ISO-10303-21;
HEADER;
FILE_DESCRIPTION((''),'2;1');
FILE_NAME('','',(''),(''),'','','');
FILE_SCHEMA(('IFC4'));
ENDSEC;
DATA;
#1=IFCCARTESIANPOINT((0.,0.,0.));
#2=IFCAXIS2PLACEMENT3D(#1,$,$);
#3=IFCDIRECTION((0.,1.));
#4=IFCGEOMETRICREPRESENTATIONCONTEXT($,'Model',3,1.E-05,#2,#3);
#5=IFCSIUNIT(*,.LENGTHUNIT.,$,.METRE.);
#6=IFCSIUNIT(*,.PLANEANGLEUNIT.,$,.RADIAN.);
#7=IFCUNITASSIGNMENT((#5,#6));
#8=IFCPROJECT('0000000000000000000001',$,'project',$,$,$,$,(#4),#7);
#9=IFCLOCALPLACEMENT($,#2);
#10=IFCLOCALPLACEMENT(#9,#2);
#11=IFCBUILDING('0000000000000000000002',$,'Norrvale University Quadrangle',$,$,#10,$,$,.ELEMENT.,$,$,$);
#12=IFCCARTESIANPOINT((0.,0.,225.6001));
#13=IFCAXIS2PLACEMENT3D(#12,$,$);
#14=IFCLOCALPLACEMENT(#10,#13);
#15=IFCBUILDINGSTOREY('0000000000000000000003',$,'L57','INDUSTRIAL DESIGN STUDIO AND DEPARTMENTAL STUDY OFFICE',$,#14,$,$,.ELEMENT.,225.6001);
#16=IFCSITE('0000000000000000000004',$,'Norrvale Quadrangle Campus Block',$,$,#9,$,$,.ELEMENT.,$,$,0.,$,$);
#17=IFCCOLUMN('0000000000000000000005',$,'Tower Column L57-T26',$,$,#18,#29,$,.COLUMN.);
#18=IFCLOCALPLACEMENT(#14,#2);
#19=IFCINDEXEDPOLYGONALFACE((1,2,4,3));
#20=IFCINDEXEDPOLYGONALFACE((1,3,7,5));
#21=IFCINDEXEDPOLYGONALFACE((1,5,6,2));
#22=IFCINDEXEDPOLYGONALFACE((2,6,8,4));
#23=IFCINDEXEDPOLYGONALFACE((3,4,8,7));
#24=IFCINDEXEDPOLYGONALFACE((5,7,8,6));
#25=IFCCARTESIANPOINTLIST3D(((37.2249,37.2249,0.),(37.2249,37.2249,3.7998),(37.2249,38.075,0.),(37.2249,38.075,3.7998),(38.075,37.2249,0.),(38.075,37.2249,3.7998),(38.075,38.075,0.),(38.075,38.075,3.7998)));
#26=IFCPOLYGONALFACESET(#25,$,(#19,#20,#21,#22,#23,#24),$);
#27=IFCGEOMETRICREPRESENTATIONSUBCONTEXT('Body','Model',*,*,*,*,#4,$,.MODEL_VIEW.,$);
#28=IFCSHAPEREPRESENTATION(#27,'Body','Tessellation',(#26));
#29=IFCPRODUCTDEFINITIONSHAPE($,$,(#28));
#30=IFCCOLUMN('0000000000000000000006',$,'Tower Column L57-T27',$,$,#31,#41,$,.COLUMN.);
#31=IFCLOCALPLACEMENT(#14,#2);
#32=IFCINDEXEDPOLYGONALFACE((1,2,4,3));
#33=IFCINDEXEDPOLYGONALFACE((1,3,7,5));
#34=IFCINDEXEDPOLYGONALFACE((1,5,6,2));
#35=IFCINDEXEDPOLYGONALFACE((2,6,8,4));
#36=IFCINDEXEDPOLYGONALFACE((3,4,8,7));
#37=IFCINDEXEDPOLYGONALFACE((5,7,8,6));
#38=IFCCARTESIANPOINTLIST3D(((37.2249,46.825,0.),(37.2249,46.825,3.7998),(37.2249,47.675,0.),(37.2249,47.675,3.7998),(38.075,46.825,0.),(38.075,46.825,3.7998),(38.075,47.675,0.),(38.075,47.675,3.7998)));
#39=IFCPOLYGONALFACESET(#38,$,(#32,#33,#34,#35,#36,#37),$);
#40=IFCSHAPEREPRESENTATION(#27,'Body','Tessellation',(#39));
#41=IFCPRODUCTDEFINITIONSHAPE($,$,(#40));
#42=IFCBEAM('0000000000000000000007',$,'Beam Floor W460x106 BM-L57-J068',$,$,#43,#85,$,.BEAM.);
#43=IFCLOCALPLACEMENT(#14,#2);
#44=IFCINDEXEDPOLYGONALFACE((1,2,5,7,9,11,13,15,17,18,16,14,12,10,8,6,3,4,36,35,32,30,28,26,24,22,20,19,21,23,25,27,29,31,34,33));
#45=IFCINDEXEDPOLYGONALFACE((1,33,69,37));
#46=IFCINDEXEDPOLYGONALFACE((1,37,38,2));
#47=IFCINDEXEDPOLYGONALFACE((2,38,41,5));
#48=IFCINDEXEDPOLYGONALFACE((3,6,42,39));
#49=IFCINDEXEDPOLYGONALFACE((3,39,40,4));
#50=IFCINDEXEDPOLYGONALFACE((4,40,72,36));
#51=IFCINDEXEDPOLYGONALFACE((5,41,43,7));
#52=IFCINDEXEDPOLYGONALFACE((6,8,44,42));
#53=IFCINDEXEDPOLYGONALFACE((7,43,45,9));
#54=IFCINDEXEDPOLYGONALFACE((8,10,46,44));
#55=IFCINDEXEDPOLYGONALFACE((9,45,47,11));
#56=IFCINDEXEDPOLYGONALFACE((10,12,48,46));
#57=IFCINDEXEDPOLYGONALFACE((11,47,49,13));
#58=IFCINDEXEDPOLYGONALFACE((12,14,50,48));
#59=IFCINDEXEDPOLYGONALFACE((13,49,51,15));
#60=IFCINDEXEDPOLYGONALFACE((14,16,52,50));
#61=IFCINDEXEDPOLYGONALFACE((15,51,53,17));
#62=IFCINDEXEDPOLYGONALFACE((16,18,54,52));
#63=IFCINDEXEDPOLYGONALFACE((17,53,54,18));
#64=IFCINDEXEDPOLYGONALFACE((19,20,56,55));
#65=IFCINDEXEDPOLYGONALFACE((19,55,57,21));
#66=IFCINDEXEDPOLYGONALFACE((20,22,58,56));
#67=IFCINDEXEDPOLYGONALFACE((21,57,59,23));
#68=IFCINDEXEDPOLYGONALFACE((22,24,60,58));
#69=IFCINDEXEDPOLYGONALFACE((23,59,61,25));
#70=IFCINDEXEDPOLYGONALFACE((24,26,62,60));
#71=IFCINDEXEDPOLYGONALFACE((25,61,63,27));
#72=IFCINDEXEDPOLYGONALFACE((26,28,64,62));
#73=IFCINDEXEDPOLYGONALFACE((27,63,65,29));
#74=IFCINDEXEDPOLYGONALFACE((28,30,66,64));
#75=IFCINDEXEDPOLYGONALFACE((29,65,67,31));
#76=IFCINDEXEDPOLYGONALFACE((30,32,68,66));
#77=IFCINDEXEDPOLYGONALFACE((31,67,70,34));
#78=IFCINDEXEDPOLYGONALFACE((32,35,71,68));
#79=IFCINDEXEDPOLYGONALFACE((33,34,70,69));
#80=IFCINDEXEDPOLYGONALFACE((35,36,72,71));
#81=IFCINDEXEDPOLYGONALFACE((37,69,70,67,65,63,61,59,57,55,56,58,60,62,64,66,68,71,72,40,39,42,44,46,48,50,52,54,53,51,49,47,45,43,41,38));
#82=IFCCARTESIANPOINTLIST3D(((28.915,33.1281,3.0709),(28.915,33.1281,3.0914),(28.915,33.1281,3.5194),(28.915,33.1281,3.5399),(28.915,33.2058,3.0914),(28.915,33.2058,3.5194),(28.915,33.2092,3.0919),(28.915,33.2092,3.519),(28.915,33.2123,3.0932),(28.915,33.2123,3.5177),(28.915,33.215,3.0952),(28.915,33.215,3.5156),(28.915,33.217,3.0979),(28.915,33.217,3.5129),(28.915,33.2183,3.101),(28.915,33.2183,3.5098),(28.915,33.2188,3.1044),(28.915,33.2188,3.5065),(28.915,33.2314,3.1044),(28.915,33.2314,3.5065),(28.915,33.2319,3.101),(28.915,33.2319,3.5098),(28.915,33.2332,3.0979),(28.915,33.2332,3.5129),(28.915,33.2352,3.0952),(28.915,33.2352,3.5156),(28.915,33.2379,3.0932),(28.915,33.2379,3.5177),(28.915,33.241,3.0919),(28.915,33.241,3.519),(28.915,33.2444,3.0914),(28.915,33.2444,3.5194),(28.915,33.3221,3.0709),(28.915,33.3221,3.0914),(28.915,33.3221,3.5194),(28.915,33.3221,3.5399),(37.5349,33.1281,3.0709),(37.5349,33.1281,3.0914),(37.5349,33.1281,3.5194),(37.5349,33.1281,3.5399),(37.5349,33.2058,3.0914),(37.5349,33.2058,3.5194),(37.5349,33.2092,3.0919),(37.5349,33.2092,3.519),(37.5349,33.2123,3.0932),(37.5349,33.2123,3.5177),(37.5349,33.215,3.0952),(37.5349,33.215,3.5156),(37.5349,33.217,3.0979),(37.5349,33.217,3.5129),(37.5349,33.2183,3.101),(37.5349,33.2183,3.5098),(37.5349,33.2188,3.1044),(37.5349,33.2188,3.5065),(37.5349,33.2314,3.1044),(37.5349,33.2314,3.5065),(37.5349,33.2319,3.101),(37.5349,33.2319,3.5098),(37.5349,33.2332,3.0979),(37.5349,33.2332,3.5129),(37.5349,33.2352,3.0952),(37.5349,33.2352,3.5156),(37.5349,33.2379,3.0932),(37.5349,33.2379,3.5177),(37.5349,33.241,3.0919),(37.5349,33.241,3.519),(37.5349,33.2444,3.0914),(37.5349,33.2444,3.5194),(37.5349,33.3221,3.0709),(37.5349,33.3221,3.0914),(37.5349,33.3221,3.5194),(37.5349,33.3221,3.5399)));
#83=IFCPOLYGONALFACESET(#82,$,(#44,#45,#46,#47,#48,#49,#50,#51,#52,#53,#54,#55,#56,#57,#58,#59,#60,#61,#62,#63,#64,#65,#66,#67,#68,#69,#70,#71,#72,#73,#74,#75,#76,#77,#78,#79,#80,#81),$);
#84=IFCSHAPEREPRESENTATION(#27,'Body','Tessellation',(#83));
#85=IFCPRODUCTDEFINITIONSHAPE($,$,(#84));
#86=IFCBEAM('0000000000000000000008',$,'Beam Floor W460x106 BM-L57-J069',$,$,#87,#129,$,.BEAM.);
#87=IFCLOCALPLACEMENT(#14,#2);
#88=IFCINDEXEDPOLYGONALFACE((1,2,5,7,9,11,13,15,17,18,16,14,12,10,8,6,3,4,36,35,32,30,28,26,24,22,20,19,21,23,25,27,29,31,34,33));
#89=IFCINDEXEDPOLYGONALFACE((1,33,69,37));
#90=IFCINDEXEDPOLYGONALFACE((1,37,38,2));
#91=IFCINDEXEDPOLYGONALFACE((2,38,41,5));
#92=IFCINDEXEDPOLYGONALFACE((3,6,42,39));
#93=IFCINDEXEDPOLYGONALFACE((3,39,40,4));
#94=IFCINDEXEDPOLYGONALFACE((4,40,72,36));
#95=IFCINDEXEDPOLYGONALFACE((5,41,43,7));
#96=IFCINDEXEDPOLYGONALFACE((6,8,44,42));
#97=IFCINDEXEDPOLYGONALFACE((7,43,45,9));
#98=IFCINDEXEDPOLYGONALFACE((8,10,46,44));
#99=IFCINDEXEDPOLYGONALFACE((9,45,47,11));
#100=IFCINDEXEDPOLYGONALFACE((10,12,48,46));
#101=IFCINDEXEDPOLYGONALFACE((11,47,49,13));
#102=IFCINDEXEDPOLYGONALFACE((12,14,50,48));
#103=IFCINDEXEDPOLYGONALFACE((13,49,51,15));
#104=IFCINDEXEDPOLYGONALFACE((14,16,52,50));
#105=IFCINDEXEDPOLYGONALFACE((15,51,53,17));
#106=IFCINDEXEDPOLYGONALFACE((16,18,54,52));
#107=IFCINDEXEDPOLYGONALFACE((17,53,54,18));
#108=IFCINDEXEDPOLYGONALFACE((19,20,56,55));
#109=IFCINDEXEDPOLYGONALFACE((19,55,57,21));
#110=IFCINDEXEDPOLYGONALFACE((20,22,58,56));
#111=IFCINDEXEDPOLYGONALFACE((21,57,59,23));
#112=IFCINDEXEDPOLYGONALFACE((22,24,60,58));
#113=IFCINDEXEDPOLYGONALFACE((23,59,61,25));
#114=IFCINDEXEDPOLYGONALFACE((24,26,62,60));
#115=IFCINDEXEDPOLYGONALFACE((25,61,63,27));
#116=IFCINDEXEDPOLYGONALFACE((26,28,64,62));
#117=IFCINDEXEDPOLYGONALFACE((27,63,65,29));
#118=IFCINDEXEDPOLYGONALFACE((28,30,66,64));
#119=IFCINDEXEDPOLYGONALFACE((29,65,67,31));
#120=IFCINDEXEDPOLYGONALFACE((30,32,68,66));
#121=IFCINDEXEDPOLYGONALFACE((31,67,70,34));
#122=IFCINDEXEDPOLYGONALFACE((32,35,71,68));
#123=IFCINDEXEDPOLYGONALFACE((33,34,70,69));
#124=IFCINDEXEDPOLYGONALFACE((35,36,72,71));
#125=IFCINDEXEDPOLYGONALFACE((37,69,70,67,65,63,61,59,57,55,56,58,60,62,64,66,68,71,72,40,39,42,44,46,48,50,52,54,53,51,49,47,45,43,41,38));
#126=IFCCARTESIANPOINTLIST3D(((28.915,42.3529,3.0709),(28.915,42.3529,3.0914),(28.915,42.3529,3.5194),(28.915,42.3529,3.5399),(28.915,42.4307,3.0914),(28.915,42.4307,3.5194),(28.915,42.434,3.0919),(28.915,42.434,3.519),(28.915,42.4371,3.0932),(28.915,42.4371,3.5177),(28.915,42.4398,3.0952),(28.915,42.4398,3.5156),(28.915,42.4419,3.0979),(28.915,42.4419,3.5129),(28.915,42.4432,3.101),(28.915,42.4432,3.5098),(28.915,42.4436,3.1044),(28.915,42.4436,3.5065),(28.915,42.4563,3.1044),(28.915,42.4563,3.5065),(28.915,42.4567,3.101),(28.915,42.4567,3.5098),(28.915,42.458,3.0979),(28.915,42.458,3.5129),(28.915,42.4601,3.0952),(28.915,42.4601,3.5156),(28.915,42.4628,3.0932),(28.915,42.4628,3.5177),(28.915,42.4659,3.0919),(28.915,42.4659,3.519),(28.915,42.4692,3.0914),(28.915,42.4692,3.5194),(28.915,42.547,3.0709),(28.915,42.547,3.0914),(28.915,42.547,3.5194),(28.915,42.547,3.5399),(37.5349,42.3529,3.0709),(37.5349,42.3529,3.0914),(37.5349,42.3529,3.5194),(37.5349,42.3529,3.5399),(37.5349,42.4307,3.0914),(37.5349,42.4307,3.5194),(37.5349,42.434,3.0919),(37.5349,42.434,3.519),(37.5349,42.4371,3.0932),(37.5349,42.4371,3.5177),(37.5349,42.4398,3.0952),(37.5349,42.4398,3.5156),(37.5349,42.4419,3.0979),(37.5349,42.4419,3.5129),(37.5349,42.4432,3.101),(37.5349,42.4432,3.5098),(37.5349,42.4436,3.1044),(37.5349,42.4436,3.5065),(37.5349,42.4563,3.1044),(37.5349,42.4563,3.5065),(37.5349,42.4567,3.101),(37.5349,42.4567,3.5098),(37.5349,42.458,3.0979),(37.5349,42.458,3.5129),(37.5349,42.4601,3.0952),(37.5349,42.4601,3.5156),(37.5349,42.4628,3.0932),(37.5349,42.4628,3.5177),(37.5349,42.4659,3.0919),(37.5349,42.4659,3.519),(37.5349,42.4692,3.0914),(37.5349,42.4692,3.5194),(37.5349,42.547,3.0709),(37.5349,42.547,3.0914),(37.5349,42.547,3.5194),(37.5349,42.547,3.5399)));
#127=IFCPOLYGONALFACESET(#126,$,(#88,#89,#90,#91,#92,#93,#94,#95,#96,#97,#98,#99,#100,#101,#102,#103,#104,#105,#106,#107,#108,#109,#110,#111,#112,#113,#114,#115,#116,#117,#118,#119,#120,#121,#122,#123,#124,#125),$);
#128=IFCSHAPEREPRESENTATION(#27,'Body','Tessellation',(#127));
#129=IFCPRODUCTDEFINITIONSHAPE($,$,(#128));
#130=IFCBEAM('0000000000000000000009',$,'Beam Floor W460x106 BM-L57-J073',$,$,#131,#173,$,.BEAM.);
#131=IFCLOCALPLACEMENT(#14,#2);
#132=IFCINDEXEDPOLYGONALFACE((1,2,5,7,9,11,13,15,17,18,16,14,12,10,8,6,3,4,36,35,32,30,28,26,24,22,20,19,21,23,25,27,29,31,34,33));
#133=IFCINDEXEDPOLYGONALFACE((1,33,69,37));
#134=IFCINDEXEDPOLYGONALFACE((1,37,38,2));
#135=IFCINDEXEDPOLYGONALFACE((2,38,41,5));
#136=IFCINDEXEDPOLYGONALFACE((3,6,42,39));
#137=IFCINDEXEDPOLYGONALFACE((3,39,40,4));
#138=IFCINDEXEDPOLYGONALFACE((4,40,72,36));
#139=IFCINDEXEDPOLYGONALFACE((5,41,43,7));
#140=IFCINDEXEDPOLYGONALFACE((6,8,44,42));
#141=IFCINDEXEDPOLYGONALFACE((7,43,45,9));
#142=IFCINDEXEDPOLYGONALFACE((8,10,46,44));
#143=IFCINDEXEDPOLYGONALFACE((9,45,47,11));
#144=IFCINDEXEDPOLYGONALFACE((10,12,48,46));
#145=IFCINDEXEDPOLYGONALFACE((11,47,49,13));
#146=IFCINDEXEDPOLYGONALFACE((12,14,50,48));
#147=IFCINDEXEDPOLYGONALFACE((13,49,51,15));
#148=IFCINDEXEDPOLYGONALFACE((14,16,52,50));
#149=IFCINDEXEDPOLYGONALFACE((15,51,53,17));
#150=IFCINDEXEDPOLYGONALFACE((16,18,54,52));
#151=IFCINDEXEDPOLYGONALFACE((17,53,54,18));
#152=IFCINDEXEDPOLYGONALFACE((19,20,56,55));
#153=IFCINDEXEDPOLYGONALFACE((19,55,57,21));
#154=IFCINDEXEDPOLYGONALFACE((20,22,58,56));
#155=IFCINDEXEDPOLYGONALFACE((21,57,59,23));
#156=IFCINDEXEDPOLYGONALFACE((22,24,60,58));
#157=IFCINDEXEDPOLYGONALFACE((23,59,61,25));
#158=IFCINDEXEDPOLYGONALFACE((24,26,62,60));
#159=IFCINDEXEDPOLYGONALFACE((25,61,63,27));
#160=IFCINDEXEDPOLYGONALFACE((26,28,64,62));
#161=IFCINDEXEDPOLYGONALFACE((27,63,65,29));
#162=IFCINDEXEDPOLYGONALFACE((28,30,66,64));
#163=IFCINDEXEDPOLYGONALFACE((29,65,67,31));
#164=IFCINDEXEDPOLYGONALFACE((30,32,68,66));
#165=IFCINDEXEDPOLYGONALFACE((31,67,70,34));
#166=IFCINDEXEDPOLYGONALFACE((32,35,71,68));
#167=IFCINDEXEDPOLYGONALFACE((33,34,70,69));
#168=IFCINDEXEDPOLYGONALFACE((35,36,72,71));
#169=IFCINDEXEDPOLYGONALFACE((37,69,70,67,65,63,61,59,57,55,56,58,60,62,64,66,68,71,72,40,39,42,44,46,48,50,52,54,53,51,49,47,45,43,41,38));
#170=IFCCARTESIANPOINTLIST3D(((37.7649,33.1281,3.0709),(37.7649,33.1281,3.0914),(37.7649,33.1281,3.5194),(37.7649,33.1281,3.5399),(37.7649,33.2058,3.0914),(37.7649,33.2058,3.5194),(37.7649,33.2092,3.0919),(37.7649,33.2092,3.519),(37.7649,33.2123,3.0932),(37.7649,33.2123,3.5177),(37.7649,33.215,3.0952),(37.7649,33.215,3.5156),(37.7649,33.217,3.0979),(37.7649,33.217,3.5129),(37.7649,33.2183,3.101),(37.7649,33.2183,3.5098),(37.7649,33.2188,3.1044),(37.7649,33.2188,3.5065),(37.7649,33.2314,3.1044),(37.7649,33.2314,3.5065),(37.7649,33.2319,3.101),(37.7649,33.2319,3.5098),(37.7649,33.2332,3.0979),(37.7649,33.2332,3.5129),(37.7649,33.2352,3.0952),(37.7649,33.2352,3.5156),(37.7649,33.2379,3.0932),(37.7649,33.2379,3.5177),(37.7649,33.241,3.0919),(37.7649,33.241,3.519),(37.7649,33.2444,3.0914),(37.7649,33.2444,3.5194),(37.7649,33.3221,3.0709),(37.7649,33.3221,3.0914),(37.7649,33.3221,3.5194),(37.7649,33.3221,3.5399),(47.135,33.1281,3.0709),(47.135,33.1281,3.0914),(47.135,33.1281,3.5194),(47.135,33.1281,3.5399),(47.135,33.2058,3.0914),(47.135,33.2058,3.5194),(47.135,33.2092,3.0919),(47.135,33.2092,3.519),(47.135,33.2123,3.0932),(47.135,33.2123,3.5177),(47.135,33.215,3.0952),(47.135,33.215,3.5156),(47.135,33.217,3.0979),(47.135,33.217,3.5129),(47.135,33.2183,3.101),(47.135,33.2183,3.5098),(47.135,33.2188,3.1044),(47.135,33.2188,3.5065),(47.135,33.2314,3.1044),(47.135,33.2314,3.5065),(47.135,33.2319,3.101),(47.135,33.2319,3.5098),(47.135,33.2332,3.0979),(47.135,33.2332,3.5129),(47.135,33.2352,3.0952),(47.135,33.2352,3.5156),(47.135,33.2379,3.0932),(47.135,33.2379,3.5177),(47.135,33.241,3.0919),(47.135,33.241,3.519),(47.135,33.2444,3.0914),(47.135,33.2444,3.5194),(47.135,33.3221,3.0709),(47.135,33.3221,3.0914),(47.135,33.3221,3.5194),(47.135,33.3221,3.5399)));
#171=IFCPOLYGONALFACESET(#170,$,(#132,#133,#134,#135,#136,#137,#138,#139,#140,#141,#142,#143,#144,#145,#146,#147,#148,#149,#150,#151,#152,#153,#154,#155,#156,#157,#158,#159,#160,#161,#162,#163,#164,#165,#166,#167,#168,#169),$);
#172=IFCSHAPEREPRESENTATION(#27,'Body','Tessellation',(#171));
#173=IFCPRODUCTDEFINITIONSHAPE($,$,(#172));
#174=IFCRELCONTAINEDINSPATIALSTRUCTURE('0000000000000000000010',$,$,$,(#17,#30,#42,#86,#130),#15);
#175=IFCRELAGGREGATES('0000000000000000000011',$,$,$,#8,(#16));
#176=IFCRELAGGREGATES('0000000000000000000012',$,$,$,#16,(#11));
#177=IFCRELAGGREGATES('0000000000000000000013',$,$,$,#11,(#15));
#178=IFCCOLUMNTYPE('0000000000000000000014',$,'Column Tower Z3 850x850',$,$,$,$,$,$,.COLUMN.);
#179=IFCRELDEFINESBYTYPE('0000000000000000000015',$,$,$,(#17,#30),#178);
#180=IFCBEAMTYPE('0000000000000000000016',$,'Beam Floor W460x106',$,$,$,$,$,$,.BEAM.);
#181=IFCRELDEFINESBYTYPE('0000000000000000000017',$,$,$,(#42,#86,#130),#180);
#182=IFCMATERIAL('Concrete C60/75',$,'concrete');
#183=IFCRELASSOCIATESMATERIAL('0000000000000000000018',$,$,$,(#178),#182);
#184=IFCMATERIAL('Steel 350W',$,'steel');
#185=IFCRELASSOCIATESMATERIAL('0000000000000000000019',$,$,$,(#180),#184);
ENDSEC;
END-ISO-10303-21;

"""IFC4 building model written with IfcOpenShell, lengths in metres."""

from ifc_helpers import new_model, si_unit, direction, frame, origin, origin_2d, place, context, subcontext, project, spatial, rectangle, i_section, extrude, material, material_profile, profile_set, type_object, element, save


model = new_model("IFC4")

# Units and contexts
model_context = context("Model", 3, precision=1e-05, world=origin(), true_north=direction((0.0, 1.0)))
body_context = subcontext(model_context, "Body", "Model", "MODEL_VIEW")
ifc_project = project(units=[si_unit("LENGTHUNIT", "METRE"), si_unit("PLANEANGLEUNIT", "RADIAN")], contexts=[model_context])

# Site, building, storey
site_placement = place(None, origin())
site = spatial("IfcSite", under=ifc_project, at=site_placement, Name="Norrvale Quadrangle Campus Block", CompositionType="ELEMENT", RefElevation=0.0)
building_placement = place(site_placement, origin())
building = spatial("IfcBuilding", under=site, at=building_placement, Name="Norrvale University Quadrangle", CompositionType="ELEMENT")
storey_placement = place(building_placement, frame((0.0, 0.0, 225.6001)))
storey = spatial("IfcBuildingStorey", under=building, at=storey_placement, Name="L57", Description="INDUSTRIAL DESIGN STUDIO AND DEPARTMENTAL STUDY OFFICE", CompositionType="ELEMENT", Elevation=225.6001)

# Columns
ifc_material_1 = material(Name="Concrete C60/75", Category="concrete")
ifc_material_profile_1 = material_profile(ifc_material_1, rectangle(XDim=0.8501, YDim=0.8501, at=origin_2d()), Name="Concrete C60/75")
ifc_profile_set_1 = profile_set([ifc_material_profile_1], Name="Concrete C60/75")
column_type = type_object("IfcColumnType", Name="Column Tower Z3 850x850", PredefinedType="COLUMN", material=ifc_profile_set_1)
for number, where, z_axis, x_axis, name in (
    (1, (37.6499, 37.6499, 0.0), (0.0, 0.0, 1.0), (1.0, 0.0, 0.0), "Tower Column L57-T26"),
    (2, (37.6499, 47.25, 0.0), (0.0, 0.0, 1.0), (1.0, 0.0, 0.0), "Tower Column L57-T27"),
):
    element("IfcColumn", number, at=place(storey_placement, frame(where, z_axis=z_axis, x_axis=x_axis)), inside=storey, type_object=column_type, Name=name, PredefinedType="COLUMN", context=body_context, shape_type="SweptSolid", body=[
        extrude(rectangle(XDim=0.8501, YDim=0.8501, at=origin_2d()), origin(), (0.0, 0.0, 1.0), 3.7998),
    ])

# Beams
ifc_material_2 = material(Name="Steel 350W", Category="steel")
ifc_material_profile_2 = material_profile(ifc_material_2, i_section(OverallWidth=0.1941, OverallDepth=0.469, WebThickness=0.0127, FlangeThickness=0.0205, FilletRadius=0.0129, at=origin_2d()), Name="Steel 350W")
ifc_profile_set_2 = profile_set([ifc_material_profile_2], Name="Steel 350W")
beam_type_1 = type_object("IfcBeamType", Name="Beam Floor W460x106", PredefinedType="BEAM", material=ifc_profile_set_2)
for number, where, z_axis, x_axis, name in (
    (3, (28.915, 33.2251, 3.3054), (1.0, 0.0, 0.0), (0.0, 1.0, 0.0), "Beam Floor W460x106 BM-L57-J068"),
    (4, (28.915, 42.45, 3.3054), (1.0, 0.0, 0.0), (0.0, 1.0, 0.0), "Beam Floor W460x106 BM-L57-J069"),
):
    element("IfcBeam", number, at=place(storey_placement, frame(where, z_axis=z_axis, x_axis=x_axis)), inside=storey, type_object=beam_type_1, Name=name, PredefinedType="BEAM", context=body_context, shape_type="SweptSolid", body=[
        extrude(i_section(OverallWidth=0.1941, OverallDepth=0.469, WebThickness=0.0127, FlangeThickness=0.0205, FilletRadius=0.0129, at=origin_2d()), origin(), (0.0, 0.0, 1.0), 8.6199),
    ])
beam_1_placement = place(storey_placement, frame((37.7649, 33.2251, 3.3054), z_axis=(1.0, 0.0, 0.0), x_axis=(0.0, 1.0, 0.0)))
element("IfcBeam", 5, at=beam_1_placement, inside=storey, type_object=beam_type_1, Name="Beam Floor W460x106 BM-L57-J073", PredefinedType="BEAM", context=body_context, shape_type="SweptSolid", body=[
    extrude(i_section(OverallWidth=0.1941, OverallDepth=0.469, WebThickness=0.0127, FlangeThickness=0.0205, FilletRadius=0.0129, at=origin_2d()), origin(), (0.0, 0.0, 1.0), 9.3701),
])

save(model, "model.ifc")
